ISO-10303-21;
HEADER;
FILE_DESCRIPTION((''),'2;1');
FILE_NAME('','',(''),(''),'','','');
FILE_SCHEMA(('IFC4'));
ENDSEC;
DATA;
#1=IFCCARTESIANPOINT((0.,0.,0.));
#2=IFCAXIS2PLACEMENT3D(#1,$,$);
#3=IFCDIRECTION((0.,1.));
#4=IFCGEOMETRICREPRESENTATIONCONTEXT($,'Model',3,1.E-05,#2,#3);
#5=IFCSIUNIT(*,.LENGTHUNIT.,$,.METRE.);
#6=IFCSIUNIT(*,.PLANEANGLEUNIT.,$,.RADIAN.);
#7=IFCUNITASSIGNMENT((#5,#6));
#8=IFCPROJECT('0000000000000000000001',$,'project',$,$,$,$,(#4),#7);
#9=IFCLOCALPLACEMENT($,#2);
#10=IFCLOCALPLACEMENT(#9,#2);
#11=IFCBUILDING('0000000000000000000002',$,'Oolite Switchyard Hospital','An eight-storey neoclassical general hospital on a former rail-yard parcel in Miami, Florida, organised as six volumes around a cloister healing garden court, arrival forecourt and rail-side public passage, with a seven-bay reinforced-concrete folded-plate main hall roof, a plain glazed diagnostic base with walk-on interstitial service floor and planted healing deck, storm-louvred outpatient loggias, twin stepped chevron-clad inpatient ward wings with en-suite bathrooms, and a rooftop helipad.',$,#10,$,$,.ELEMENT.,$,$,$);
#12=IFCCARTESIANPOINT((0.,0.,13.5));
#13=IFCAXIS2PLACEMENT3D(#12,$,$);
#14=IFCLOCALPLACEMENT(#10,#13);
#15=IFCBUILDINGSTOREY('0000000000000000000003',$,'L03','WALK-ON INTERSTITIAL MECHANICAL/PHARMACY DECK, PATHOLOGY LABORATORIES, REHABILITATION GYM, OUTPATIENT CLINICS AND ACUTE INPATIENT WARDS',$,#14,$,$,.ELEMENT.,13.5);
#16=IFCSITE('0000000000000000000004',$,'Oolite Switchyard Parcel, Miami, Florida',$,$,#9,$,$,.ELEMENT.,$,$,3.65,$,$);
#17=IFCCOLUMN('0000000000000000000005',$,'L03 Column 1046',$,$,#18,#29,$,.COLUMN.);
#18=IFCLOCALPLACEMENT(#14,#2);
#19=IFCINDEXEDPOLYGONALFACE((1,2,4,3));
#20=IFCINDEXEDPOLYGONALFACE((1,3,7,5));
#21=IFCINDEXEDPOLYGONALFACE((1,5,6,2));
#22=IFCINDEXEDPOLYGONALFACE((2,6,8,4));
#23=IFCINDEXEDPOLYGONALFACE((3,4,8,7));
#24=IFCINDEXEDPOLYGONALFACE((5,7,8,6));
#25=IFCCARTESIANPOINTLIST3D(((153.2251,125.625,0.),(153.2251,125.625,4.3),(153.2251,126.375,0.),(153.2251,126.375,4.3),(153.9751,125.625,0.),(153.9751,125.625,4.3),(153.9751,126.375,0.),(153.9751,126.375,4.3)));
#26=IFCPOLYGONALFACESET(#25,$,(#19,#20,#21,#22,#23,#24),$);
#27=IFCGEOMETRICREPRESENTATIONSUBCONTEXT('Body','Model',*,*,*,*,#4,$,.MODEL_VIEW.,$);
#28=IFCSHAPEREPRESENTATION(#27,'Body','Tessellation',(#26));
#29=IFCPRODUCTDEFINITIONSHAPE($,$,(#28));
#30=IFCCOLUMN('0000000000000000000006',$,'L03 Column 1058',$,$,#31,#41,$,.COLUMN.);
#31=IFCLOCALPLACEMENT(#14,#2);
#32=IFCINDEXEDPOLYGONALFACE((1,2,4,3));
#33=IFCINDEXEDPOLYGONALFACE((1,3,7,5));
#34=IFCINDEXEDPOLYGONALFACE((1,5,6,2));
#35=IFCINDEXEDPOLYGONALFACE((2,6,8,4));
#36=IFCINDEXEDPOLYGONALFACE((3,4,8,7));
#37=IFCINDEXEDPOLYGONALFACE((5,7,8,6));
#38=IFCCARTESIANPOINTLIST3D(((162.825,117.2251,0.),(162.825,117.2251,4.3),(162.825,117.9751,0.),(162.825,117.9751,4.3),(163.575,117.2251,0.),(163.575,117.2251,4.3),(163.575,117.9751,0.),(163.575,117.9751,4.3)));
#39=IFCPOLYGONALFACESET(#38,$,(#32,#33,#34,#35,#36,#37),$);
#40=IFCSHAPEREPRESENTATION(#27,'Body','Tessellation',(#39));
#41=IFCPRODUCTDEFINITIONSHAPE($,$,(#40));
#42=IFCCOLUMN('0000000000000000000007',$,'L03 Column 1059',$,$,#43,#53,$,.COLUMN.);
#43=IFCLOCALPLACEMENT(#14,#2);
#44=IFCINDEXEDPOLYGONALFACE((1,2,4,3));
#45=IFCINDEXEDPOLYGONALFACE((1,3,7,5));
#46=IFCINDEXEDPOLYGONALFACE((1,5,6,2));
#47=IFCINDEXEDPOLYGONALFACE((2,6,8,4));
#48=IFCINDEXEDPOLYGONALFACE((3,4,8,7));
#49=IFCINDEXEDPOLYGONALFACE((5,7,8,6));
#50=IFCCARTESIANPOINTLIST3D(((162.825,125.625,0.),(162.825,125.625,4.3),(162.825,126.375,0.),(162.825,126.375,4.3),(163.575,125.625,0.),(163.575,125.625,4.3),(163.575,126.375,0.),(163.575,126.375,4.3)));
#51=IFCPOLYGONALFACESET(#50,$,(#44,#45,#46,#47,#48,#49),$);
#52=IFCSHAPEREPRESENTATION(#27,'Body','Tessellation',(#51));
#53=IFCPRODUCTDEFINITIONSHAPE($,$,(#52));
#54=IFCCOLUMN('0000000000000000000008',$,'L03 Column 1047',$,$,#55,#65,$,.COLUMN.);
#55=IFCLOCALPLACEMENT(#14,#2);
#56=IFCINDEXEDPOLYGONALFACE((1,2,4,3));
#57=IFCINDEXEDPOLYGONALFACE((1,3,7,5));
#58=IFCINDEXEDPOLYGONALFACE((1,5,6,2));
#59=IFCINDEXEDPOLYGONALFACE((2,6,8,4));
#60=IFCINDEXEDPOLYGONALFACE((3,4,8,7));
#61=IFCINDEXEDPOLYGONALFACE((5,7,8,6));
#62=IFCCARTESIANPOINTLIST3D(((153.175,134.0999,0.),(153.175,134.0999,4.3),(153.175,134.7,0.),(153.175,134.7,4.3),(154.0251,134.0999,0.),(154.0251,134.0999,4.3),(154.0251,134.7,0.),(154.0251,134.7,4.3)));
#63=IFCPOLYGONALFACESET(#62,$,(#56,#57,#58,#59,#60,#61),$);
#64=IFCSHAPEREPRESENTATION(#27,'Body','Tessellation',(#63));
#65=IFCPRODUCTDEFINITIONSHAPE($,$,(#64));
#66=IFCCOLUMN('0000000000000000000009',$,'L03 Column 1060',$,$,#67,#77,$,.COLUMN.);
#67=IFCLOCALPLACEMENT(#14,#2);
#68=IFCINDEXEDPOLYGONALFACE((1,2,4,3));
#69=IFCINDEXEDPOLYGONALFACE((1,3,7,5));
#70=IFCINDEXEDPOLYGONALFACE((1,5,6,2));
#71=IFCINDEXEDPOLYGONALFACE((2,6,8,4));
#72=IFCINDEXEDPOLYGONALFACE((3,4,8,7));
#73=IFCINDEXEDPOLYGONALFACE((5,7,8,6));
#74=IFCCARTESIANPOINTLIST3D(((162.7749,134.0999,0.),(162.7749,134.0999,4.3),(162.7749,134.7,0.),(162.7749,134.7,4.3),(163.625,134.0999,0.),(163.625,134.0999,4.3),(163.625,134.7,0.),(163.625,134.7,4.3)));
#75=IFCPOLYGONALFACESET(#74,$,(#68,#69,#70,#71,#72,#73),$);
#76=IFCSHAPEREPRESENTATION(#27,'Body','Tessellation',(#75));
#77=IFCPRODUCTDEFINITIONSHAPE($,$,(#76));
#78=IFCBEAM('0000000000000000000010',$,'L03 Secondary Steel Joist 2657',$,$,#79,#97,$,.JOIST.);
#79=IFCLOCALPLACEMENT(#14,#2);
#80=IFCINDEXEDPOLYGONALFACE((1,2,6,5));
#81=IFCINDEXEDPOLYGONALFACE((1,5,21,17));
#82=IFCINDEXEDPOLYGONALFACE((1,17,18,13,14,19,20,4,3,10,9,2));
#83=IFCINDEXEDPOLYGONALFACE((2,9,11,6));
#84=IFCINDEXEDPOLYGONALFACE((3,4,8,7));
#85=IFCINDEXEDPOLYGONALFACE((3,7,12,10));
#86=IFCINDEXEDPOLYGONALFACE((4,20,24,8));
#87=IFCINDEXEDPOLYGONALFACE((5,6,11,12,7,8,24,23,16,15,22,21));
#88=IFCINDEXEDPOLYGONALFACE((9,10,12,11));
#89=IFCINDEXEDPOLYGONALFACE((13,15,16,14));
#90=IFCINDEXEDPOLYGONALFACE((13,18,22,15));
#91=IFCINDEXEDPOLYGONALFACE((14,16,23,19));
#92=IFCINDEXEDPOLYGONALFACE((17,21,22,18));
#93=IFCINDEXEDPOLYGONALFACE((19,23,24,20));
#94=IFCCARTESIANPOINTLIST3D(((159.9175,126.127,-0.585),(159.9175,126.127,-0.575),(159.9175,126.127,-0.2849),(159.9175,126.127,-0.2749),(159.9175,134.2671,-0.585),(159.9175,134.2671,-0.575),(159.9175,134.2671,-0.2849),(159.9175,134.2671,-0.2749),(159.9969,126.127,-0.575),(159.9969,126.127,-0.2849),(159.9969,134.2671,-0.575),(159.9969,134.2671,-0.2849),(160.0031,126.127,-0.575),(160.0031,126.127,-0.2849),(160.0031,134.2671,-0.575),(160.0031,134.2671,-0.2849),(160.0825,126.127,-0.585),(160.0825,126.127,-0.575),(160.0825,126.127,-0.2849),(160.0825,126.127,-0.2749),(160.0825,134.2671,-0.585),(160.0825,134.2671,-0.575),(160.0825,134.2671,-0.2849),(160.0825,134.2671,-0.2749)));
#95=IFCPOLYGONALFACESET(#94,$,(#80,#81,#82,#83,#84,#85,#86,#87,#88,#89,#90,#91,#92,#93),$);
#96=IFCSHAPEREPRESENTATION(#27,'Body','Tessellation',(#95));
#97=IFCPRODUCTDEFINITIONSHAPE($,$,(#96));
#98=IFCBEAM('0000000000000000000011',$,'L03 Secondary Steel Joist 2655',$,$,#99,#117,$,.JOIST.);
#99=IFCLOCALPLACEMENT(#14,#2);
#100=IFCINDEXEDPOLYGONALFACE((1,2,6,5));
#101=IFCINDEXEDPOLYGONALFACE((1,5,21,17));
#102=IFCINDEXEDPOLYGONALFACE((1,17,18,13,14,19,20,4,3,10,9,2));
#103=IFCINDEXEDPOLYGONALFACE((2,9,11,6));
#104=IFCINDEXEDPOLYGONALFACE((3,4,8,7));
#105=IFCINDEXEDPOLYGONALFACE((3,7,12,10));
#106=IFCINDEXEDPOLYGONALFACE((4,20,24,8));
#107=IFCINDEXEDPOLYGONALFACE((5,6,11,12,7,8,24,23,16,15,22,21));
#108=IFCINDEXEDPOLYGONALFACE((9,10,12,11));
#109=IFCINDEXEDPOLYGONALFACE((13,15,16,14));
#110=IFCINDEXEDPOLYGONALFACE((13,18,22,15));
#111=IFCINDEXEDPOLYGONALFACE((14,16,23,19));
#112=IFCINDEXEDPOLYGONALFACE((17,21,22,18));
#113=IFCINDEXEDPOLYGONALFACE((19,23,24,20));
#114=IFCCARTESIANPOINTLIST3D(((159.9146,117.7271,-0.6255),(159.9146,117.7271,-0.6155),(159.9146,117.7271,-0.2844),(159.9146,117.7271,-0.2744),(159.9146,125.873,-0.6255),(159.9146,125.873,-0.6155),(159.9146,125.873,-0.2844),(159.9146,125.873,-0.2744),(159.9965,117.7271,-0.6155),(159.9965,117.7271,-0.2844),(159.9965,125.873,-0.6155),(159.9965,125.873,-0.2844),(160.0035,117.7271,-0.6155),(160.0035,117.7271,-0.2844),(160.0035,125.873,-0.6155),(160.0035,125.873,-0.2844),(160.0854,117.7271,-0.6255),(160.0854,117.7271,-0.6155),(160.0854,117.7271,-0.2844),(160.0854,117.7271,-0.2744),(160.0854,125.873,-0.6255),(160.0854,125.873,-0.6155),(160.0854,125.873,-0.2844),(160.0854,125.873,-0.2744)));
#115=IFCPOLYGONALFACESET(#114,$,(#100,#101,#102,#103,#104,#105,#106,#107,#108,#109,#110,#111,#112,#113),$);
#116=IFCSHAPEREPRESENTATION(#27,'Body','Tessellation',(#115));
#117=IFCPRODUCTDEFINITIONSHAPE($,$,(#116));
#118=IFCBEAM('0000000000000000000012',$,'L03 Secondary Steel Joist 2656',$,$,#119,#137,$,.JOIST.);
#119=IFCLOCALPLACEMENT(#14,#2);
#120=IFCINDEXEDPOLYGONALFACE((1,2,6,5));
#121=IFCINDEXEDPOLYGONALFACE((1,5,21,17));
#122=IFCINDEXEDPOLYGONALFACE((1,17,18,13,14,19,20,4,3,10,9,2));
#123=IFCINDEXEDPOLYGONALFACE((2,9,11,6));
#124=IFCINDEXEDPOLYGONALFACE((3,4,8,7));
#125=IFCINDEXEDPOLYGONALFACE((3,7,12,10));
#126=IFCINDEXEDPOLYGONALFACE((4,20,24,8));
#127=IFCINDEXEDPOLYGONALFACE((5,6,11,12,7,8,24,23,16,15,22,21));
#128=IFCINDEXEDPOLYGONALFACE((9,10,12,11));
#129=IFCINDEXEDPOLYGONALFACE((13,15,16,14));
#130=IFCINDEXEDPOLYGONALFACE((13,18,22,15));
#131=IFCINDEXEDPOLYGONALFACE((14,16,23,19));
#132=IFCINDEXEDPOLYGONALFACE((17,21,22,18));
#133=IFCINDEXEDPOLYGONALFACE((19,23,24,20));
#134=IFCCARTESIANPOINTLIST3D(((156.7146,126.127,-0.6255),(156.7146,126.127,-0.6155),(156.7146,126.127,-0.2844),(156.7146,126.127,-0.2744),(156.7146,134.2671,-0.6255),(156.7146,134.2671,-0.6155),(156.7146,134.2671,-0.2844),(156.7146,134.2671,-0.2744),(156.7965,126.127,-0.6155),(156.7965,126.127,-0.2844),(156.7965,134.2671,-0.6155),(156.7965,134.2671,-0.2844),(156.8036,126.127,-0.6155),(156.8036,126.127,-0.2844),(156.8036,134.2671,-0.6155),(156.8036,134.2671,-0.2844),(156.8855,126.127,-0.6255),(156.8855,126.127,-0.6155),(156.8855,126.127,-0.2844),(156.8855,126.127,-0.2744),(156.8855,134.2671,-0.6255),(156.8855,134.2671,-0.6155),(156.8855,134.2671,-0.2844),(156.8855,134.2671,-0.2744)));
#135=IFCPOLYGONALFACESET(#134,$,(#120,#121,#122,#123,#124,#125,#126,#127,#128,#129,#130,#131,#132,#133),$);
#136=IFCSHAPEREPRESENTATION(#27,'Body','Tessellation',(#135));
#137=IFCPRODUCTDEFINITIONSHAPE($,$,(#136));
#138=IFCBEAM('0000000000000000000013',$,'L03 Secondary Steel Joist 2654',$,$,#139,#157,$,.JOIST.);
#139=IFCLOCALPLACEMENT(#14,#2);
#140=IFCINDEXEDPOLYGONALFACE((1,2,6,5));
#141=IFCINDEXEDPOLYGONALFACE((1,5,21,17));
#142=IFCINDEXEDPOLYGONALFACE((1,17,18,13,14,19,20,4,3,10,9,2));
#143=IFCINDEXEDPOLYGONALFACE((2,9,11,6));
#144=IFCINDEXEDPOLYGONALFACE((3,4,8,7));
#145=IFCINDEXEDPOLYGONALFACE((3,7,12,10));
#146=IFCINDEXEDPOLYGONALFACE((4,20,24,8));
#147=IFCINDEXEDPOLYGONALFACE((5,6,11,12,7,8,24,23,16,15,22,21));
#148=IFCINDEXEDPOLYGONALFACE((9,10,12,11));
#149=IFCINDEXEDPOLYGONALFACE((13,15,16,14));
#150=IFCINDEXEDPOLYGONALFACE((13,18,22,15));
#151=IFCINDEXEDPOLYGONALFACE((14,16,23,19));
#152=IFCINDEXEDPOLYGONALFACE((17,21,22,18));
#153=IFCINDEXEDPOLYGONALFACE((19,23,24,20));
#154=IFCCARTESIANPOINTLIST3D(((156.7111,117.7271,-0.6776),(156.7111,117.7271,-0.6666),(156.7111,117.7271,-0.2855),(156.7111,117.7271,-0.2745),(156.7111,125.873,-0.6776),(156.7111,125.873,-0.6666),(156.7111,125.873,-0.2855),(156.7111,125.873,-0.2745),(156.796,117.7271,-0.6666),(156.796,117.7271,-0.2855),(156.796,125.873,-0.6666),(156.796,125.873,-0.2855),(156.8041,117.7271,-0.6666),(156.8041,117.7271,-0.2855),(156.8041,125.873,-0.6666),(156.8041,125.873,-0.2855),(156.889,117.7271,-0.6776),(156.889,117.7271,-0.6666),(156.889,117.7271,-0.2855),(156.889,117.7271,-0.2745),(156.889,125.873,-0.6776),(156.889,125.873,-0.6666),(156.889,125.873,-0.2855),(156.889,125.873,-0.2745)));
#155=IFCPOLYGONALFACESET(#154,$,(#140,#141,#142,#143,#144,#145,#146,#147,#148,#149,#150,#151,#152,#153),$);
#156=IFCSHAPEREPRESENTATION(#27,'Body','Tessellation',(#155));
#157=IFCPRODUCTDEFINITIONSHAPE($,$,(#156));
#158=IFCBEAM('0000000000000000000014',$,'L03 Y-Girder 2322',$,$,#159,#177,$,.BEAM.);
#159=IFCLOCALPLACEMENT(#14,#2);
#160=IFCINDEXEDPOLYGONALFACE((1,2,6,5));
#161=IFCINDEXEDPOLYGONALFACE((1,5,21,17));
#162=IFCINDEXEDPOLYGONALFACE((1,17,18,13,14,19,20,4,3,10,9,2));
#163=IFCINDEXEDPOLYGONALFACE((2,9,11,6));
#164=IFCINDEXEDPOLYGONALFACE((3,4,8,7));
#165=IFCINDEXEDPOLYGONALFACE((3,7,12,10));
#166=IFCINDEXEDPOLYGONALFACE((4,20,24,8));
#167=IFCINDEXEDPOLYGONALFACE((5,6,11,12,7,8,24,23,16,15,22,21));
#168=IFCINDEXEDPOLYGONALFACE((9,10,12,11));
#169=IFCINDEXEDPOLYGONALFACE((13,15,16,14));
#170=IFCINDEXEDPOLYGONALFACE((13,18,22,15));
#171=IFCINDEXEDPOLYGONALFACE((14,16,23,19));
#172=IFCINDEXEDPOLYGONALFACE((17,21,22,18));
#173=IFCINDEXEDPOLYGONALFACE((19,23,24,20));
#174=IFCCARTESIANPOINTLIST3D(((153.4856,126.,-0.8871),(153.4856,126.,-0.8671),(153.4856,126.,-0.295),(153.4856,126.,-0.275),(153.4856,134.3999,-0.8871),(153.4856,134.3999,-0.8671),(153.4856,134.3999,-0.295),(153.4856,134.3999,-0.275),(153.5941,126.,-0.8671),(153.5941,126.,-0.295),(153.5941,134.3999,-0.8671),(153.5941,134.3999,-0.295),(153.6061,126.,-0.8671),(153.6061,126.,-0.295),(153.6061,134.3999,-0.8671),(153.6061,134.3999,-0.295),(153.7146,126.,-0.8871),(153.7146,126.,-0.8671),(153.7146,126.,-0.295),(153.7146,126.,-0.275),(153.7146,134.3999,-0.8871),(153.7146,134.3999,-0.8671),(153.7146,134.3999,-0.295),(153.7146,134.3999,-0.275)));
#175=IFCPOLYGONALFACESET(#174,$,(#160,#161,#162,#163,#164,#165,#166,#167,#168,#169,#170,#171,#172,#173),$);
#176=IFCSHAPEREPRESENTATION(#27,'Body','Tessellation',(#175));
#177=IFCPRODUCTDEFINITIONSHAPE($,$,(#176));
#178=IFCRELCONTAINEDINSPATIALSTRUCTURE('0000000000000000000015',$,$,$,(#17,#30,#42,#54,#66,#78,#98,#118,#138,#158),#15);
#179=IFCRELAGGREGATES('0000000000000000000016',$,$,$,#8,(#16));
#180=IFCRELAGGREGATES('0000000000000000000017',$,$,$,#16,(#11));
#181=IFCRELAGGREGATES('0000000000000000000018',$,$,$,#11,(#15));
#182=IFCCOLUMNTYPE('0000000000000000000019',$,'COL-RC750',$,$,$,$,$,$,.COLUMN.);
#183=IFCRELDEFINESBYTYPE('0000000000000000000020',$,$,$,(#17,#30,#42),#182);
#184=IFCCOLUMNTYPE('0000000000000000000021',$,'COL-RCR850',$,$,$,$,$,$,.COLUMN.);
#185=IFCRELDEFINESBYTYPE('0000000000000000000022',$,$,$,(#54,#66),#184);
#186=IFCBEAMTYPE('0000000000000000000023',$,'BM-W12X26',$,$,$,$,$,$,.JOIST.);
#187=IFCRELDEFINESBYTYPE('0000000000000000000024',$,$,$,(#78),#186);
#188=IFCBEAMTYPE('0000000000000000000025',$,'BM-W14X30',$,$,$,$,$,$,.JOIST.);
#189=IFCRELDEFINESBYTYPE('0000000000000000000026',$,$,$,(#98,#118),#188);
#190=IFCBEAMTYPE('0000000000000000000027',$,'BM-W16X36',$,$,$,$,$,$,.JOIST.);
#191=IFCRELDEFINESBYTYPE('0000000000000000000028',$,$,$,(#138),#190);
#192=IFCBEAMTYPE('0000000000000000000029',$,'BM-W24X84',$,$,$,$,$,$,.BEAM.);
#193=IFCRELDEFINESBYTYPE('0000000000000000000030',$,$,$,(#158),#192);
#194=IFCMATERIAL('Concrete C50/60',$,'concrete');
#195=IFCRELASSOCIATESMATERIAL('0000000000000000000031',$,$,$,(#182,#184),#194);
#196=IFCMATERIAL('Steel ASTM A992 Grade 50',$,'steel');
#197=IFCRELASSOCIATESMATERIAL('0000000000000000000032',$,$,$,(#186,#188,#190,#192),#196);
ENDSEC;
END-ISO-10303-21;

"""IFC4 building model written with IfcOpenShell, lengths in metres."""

from ifc_helpers import new_model, si_unit, direction, frame, origin, origin_2d, place, context, subcontext, project, spatial, rectangle, i_section, extrude, material, material_profile, profile_set, type_object, element, save


model = new_model("IFC4")

# Units and contexts
model_context = context("Model", 3, precision=1e-05, world=origin(), true_north=direction((0.0, 1.0)))
body_context = subcontext(model_context, "Body", "Model", "MODEL_VIEW")
ifc_project = project(units=[si_unit("LENGTHUNIT", "METRE"), si_unit("PLANEANGLEUNIT", "RADIAN")], contexts=[model_context])

# Site, building, storey
site_placement = place(None, origin())
site = spatial("IfcSite", under=ifc_project, at=site_placement, Name="Oolite Switchyard Parcel, Miami, Florida", CompositionType="ELEMENT", RefElevation=3.65)
building_placement = place(site_placement, origin())
building = spatial("IfcBuilding", under=site, at=building_placement, Name="Oolite Switchyard Hospital", Description="An eight-storey neoclassical general hospital on a former rail-yard parcel in Miami, Florida, organised as six volumes around a cloister healing garden court, arrival forecourt and rail-side public passage, with a seven-bay reinforced-concrete folded-plate main hall roof, a plain glazed diagnostic base with walk-on interstitial service floor and planted healing deck, storm-louvred outpatient loggias, twin stepped chevron-clad inpatient ward wings with en-suite bathrooms, and a rooftop helipad.", CompositionType="ELEMENT")
storey_placement = place(building_placement, frame((0.0, 0.0, 13.5)))
storey = spatial("IfcBuildingStorey", under=building, at=storey_placement, Name="L03", Description="WALK-ON INTERSTITIAL MECHANICAL/PHARMACY DECK, PATHOLOGY LABORATORIES, REHABILITATION GYM, OUTPATIENT CLINICS AND ACUTE INPATIENT WARDS", CompositionType="ELEMENT", Elevation=13.5)

# Columns
ifc_material_1 = material(Name="Concrete C50/60", Category="concrete")
ifc_material_profile_1 = material_profile(ifc_material_1, rectangle(XDim=0.75, YDim=0.75, at=origin_2d()), Name="RC750X750")
ifc_profile_set_1 = profile_set([ifc_material_profile_1], Name="Concrete C50/60")
column_type_1 = type_object("IfcColumnType", Name="COL-RC750", PredefinedType="COLUMN", material=ifc_profile_set_1)
for number, where, z_axis, x_axis, name in (
    (1, (153.6001, 126.0, 0.0), (0.0, 0.0, 1.0), (1.0, 0.0, 0.0), "L03 Column 1046"),
    (2, (163.2, 117.6001, 0.0), (0.0, 0.0, 1.0), (1.0, 0.0, 0.0), "L03 Column 1058"),
    (3, (163.2, 126.0, 0.0), (0.0, 0.0, 1.0), (1.0, 0.0, 0.0), "L03 Column 1059"),
):
    element("IfcColumn", number, at=place(storey_placement, frame(where, z_axis=z_axis, x_axis=x_axis)), inside=storey, type_object=column_type_1, Name=name, PredefinedType="COLUMN", context=body_context, shape_type="SweptSolid", body=[
        extrude(rectangle(XDim=0.75, YDim=0.75, at=origin_2d()), origin(), (0.0, 0.0, 1.0), 4.3),
    ])
ifc_material_profile_2 = material_profile(ifc_material_1, rectangle(XDim=0.8501, YDim=0.6001, at=origin_2d()), Name="RC850X600")
ifc_profile_set_2 = profile_set([ifc_material_profile_2], Name="Concrete C50/60")
column_type_2 = type_object("IfcColumnType", Name="COL-RCR850", PredefinedType="COLUMN", material=ifc_profile_set_2)
for number, where, z_axis, x_axis, name in (
    (4, (153.6001, 134.3999, 0.0), (0.0, 0.0, 1.0), (1.0, 0.0, 0.0), "L03 Column 1047"),
    (5, (163.2, 134.3999, 0.0), (0.0, 0.0, 1.0), (1.0, 0.0, 0.0), "L03 Column 1060"),
):
    element("IfcColumn", number, at=place(storey_placement, frame(where, z_axis=z_axis, x_axis=x_axis)), inside=storey, type_object=column_type_2, Name=name, PredefinedType="COLUMN", context=body_context, shape_type="SweptSolid", body=[
        extrude(rectangle(XDim=0.8501, YDim=0.6001, at=origin_2d()), origin(), (0.0, 0.0, 1.0), 4.3),
    ])

# Beams
ifc_material_2 = material(Name="Steel ASTM A992 Grade 50", Category="steel")
ifc_material_profile_3 = material_profile(ifc_material_2, i_section(OverallWidth=0.165, OverallDepth=0.3101, WebThickness=0.0061, FlangeThickness=0.01, at=origin_2d()), Name="W12X26")
ifc_profile_set_3 = profile_set([ifc_material_profile_3], Name="Steel ASTM A992 Grade 50")
beam_type_1 = type_object("IfcBeamType", Name="BM-W12X26", PredefinedType="JOIST", material=ifc_profile_set_3)
beam_1_placement = place(storey_placement, frame((160.0, 126.127, -0.4299), z_axis=(0.0, 1.0, 0.0), x_axis=(-1.0, 0.0, 0.0)))
element("IfcBeam", 6, at=beam_1_placement, inside=storey, type_object=beam_type_1, Name="L03 Secondary Steel Joist 2657", PredefinedType="JOIST", context=body_context, shape_type="SweptSolid", body=[
    extrude(i_section(OverallWidth=0.165, OverallDepth=0.3101, WebThickness=0.0061, FlangeThickness=0.01, at=origin_2d()), origin(), (0.0, 0.0, 1.0), 8.1401),
])
ifc_material_profile_4 = material_profile(ifc_material_2, i_section(OverallWidth=0.1709, OverallDepth=0.3511, WebThickness=0.0071, FlangeThickness=0.01, at=origin_2d()), Name="W14X30")
ifc_profile_set_4 = profile_set([ifc_material_profile_4], Name="Steel ASTM A992 Grade 50")
beam_type_2 = type_object("IfcBeamType", Name="BM-W14X30", PredefinedType="JOIST", material=ifc_profile_set_4)
beam_2_placement = place(storey_placement, frame((160.0, 117.7271, -0.45), z_axis=(0.0, 1.0, 0.0), x_axis=(-1.0, 0.0, 0.0)))
element("IfcBeam", 7, at=beam_2_placement, inside=storey, type_object=beam_type_2, Name="L03 Secondary Steel Joist 2655", PredefinedType="JOIST", context=body_context, shape_type="SweptSolid", body=[
    extrude(i_section(OverallWidth=0.1709, OverallDepth=0.3511, WebThickness=0.0071, FlangeThickness=0.01, at=origin_2d()), origin(), (0.0, 0.0, 1.0), 8.146),
])
beam_3_placement = place(storey_placement, frame((156.8, 126.127, -0.45), z_axis=(0.0, 1.0, 0.0), x_axis=(-1.0, 0.0, 0.0)))
element("IfcBeam", 8, at=beam_3_placement, inside=storey, type_object=beam_type_2, Name="L03 Secondary Steel Joist 2656", PredefinedType="JOIST", context=body_context, shape_type="SweptSolid", body=[
    extrude(i_section(OverallWidth=0.1709, OverallDepth=0.3511, WebThickness=0.0071, FlangeThickness=0.01, at=origin_2d()), origin(), (0.0, 0.0, 1.0), 8.1401),
])
ifc_material_profile_5 = material_profile(ifc_material_2, i_section(OverallWidth=0.178, OverallDepth=0.4031, WebThickness=0.0081, FlangeThickness=0.011, at=origin_2d()), Name="W16X36")
ifc_profile_set_5 = profile_set([ifc_material_profile_5], Name="Steel ASTM A992 Grade 50")
beam_type_3 = type_object("IfcBeamType", Name="BM-W16X36", PredefinedType="JOIST", material=ifc_profile_set_5)
beam_4_placement = place(storey_placement, frame((156.8, 117.7271, -0.4761), z_axis=(0.0, 1.0, 0.0), x_axis=(-1.0, 0.0, 0.0)))
element("IfcBeam", 9, at=beam_4_placement, inside=storey, type_object=beam_type_3, Name="L03 Secondary Steel Joist 2654", PredefinedType="JOIST", context=body_context, shape_type="SweptSolid", body=[
    extrude(i_section(OverallWidth=0.178, OverallDepth=0.4031, WebThickness=0.0081, FlangeThickness=0.011, at=origin_2d()), origin(), (0.0, 0.0, 1.0), 8.146),
])
ifc_material_profile_6 = material_profile(ifc_material_2, i_section(OverallWidth=0.229, OverallDepth=0.6121, WebThickness=0.012, FlangeThickness=0.02, at=origin_2d()), Name="W24X84")
ifc_profile_set_6 = profile_set([ifc_material_profile_6], Name="Steel ASTM A992 Grade 50")
beam_type_4 = type_object("IfcBeamType", Name="BM-W24X84", PredefinedType="BEAM", material=ifc_profile_set_6)
for number, where, z_axis, x_axis, name in (
    (10, (153.6001, 126.0, -0.5811), (0.0, 1.0, 0.0), (-1.0, 0.0, 0.0), "L03 Y-Girder 2322"),
):
    element("IfcBeam", number, at=place(storey_placement, frame(where, z_axis=z_axis, x_axis=x_axis)), inside=storey, type_object=beam_type_4, Name=name, PredefinedType="BEAM", context=body_context, shape_type="SweptSolid", body=[
        extrude(i_section(OverallWidth=0.229, OverallDepth=0.6121, WebThickness=0.012, FlangeThickness=0.02, at=origin_2d()), origin(), (0.0, 0.0, 1.0), 8.3999),
    ])

save(model, "model.ifc")
